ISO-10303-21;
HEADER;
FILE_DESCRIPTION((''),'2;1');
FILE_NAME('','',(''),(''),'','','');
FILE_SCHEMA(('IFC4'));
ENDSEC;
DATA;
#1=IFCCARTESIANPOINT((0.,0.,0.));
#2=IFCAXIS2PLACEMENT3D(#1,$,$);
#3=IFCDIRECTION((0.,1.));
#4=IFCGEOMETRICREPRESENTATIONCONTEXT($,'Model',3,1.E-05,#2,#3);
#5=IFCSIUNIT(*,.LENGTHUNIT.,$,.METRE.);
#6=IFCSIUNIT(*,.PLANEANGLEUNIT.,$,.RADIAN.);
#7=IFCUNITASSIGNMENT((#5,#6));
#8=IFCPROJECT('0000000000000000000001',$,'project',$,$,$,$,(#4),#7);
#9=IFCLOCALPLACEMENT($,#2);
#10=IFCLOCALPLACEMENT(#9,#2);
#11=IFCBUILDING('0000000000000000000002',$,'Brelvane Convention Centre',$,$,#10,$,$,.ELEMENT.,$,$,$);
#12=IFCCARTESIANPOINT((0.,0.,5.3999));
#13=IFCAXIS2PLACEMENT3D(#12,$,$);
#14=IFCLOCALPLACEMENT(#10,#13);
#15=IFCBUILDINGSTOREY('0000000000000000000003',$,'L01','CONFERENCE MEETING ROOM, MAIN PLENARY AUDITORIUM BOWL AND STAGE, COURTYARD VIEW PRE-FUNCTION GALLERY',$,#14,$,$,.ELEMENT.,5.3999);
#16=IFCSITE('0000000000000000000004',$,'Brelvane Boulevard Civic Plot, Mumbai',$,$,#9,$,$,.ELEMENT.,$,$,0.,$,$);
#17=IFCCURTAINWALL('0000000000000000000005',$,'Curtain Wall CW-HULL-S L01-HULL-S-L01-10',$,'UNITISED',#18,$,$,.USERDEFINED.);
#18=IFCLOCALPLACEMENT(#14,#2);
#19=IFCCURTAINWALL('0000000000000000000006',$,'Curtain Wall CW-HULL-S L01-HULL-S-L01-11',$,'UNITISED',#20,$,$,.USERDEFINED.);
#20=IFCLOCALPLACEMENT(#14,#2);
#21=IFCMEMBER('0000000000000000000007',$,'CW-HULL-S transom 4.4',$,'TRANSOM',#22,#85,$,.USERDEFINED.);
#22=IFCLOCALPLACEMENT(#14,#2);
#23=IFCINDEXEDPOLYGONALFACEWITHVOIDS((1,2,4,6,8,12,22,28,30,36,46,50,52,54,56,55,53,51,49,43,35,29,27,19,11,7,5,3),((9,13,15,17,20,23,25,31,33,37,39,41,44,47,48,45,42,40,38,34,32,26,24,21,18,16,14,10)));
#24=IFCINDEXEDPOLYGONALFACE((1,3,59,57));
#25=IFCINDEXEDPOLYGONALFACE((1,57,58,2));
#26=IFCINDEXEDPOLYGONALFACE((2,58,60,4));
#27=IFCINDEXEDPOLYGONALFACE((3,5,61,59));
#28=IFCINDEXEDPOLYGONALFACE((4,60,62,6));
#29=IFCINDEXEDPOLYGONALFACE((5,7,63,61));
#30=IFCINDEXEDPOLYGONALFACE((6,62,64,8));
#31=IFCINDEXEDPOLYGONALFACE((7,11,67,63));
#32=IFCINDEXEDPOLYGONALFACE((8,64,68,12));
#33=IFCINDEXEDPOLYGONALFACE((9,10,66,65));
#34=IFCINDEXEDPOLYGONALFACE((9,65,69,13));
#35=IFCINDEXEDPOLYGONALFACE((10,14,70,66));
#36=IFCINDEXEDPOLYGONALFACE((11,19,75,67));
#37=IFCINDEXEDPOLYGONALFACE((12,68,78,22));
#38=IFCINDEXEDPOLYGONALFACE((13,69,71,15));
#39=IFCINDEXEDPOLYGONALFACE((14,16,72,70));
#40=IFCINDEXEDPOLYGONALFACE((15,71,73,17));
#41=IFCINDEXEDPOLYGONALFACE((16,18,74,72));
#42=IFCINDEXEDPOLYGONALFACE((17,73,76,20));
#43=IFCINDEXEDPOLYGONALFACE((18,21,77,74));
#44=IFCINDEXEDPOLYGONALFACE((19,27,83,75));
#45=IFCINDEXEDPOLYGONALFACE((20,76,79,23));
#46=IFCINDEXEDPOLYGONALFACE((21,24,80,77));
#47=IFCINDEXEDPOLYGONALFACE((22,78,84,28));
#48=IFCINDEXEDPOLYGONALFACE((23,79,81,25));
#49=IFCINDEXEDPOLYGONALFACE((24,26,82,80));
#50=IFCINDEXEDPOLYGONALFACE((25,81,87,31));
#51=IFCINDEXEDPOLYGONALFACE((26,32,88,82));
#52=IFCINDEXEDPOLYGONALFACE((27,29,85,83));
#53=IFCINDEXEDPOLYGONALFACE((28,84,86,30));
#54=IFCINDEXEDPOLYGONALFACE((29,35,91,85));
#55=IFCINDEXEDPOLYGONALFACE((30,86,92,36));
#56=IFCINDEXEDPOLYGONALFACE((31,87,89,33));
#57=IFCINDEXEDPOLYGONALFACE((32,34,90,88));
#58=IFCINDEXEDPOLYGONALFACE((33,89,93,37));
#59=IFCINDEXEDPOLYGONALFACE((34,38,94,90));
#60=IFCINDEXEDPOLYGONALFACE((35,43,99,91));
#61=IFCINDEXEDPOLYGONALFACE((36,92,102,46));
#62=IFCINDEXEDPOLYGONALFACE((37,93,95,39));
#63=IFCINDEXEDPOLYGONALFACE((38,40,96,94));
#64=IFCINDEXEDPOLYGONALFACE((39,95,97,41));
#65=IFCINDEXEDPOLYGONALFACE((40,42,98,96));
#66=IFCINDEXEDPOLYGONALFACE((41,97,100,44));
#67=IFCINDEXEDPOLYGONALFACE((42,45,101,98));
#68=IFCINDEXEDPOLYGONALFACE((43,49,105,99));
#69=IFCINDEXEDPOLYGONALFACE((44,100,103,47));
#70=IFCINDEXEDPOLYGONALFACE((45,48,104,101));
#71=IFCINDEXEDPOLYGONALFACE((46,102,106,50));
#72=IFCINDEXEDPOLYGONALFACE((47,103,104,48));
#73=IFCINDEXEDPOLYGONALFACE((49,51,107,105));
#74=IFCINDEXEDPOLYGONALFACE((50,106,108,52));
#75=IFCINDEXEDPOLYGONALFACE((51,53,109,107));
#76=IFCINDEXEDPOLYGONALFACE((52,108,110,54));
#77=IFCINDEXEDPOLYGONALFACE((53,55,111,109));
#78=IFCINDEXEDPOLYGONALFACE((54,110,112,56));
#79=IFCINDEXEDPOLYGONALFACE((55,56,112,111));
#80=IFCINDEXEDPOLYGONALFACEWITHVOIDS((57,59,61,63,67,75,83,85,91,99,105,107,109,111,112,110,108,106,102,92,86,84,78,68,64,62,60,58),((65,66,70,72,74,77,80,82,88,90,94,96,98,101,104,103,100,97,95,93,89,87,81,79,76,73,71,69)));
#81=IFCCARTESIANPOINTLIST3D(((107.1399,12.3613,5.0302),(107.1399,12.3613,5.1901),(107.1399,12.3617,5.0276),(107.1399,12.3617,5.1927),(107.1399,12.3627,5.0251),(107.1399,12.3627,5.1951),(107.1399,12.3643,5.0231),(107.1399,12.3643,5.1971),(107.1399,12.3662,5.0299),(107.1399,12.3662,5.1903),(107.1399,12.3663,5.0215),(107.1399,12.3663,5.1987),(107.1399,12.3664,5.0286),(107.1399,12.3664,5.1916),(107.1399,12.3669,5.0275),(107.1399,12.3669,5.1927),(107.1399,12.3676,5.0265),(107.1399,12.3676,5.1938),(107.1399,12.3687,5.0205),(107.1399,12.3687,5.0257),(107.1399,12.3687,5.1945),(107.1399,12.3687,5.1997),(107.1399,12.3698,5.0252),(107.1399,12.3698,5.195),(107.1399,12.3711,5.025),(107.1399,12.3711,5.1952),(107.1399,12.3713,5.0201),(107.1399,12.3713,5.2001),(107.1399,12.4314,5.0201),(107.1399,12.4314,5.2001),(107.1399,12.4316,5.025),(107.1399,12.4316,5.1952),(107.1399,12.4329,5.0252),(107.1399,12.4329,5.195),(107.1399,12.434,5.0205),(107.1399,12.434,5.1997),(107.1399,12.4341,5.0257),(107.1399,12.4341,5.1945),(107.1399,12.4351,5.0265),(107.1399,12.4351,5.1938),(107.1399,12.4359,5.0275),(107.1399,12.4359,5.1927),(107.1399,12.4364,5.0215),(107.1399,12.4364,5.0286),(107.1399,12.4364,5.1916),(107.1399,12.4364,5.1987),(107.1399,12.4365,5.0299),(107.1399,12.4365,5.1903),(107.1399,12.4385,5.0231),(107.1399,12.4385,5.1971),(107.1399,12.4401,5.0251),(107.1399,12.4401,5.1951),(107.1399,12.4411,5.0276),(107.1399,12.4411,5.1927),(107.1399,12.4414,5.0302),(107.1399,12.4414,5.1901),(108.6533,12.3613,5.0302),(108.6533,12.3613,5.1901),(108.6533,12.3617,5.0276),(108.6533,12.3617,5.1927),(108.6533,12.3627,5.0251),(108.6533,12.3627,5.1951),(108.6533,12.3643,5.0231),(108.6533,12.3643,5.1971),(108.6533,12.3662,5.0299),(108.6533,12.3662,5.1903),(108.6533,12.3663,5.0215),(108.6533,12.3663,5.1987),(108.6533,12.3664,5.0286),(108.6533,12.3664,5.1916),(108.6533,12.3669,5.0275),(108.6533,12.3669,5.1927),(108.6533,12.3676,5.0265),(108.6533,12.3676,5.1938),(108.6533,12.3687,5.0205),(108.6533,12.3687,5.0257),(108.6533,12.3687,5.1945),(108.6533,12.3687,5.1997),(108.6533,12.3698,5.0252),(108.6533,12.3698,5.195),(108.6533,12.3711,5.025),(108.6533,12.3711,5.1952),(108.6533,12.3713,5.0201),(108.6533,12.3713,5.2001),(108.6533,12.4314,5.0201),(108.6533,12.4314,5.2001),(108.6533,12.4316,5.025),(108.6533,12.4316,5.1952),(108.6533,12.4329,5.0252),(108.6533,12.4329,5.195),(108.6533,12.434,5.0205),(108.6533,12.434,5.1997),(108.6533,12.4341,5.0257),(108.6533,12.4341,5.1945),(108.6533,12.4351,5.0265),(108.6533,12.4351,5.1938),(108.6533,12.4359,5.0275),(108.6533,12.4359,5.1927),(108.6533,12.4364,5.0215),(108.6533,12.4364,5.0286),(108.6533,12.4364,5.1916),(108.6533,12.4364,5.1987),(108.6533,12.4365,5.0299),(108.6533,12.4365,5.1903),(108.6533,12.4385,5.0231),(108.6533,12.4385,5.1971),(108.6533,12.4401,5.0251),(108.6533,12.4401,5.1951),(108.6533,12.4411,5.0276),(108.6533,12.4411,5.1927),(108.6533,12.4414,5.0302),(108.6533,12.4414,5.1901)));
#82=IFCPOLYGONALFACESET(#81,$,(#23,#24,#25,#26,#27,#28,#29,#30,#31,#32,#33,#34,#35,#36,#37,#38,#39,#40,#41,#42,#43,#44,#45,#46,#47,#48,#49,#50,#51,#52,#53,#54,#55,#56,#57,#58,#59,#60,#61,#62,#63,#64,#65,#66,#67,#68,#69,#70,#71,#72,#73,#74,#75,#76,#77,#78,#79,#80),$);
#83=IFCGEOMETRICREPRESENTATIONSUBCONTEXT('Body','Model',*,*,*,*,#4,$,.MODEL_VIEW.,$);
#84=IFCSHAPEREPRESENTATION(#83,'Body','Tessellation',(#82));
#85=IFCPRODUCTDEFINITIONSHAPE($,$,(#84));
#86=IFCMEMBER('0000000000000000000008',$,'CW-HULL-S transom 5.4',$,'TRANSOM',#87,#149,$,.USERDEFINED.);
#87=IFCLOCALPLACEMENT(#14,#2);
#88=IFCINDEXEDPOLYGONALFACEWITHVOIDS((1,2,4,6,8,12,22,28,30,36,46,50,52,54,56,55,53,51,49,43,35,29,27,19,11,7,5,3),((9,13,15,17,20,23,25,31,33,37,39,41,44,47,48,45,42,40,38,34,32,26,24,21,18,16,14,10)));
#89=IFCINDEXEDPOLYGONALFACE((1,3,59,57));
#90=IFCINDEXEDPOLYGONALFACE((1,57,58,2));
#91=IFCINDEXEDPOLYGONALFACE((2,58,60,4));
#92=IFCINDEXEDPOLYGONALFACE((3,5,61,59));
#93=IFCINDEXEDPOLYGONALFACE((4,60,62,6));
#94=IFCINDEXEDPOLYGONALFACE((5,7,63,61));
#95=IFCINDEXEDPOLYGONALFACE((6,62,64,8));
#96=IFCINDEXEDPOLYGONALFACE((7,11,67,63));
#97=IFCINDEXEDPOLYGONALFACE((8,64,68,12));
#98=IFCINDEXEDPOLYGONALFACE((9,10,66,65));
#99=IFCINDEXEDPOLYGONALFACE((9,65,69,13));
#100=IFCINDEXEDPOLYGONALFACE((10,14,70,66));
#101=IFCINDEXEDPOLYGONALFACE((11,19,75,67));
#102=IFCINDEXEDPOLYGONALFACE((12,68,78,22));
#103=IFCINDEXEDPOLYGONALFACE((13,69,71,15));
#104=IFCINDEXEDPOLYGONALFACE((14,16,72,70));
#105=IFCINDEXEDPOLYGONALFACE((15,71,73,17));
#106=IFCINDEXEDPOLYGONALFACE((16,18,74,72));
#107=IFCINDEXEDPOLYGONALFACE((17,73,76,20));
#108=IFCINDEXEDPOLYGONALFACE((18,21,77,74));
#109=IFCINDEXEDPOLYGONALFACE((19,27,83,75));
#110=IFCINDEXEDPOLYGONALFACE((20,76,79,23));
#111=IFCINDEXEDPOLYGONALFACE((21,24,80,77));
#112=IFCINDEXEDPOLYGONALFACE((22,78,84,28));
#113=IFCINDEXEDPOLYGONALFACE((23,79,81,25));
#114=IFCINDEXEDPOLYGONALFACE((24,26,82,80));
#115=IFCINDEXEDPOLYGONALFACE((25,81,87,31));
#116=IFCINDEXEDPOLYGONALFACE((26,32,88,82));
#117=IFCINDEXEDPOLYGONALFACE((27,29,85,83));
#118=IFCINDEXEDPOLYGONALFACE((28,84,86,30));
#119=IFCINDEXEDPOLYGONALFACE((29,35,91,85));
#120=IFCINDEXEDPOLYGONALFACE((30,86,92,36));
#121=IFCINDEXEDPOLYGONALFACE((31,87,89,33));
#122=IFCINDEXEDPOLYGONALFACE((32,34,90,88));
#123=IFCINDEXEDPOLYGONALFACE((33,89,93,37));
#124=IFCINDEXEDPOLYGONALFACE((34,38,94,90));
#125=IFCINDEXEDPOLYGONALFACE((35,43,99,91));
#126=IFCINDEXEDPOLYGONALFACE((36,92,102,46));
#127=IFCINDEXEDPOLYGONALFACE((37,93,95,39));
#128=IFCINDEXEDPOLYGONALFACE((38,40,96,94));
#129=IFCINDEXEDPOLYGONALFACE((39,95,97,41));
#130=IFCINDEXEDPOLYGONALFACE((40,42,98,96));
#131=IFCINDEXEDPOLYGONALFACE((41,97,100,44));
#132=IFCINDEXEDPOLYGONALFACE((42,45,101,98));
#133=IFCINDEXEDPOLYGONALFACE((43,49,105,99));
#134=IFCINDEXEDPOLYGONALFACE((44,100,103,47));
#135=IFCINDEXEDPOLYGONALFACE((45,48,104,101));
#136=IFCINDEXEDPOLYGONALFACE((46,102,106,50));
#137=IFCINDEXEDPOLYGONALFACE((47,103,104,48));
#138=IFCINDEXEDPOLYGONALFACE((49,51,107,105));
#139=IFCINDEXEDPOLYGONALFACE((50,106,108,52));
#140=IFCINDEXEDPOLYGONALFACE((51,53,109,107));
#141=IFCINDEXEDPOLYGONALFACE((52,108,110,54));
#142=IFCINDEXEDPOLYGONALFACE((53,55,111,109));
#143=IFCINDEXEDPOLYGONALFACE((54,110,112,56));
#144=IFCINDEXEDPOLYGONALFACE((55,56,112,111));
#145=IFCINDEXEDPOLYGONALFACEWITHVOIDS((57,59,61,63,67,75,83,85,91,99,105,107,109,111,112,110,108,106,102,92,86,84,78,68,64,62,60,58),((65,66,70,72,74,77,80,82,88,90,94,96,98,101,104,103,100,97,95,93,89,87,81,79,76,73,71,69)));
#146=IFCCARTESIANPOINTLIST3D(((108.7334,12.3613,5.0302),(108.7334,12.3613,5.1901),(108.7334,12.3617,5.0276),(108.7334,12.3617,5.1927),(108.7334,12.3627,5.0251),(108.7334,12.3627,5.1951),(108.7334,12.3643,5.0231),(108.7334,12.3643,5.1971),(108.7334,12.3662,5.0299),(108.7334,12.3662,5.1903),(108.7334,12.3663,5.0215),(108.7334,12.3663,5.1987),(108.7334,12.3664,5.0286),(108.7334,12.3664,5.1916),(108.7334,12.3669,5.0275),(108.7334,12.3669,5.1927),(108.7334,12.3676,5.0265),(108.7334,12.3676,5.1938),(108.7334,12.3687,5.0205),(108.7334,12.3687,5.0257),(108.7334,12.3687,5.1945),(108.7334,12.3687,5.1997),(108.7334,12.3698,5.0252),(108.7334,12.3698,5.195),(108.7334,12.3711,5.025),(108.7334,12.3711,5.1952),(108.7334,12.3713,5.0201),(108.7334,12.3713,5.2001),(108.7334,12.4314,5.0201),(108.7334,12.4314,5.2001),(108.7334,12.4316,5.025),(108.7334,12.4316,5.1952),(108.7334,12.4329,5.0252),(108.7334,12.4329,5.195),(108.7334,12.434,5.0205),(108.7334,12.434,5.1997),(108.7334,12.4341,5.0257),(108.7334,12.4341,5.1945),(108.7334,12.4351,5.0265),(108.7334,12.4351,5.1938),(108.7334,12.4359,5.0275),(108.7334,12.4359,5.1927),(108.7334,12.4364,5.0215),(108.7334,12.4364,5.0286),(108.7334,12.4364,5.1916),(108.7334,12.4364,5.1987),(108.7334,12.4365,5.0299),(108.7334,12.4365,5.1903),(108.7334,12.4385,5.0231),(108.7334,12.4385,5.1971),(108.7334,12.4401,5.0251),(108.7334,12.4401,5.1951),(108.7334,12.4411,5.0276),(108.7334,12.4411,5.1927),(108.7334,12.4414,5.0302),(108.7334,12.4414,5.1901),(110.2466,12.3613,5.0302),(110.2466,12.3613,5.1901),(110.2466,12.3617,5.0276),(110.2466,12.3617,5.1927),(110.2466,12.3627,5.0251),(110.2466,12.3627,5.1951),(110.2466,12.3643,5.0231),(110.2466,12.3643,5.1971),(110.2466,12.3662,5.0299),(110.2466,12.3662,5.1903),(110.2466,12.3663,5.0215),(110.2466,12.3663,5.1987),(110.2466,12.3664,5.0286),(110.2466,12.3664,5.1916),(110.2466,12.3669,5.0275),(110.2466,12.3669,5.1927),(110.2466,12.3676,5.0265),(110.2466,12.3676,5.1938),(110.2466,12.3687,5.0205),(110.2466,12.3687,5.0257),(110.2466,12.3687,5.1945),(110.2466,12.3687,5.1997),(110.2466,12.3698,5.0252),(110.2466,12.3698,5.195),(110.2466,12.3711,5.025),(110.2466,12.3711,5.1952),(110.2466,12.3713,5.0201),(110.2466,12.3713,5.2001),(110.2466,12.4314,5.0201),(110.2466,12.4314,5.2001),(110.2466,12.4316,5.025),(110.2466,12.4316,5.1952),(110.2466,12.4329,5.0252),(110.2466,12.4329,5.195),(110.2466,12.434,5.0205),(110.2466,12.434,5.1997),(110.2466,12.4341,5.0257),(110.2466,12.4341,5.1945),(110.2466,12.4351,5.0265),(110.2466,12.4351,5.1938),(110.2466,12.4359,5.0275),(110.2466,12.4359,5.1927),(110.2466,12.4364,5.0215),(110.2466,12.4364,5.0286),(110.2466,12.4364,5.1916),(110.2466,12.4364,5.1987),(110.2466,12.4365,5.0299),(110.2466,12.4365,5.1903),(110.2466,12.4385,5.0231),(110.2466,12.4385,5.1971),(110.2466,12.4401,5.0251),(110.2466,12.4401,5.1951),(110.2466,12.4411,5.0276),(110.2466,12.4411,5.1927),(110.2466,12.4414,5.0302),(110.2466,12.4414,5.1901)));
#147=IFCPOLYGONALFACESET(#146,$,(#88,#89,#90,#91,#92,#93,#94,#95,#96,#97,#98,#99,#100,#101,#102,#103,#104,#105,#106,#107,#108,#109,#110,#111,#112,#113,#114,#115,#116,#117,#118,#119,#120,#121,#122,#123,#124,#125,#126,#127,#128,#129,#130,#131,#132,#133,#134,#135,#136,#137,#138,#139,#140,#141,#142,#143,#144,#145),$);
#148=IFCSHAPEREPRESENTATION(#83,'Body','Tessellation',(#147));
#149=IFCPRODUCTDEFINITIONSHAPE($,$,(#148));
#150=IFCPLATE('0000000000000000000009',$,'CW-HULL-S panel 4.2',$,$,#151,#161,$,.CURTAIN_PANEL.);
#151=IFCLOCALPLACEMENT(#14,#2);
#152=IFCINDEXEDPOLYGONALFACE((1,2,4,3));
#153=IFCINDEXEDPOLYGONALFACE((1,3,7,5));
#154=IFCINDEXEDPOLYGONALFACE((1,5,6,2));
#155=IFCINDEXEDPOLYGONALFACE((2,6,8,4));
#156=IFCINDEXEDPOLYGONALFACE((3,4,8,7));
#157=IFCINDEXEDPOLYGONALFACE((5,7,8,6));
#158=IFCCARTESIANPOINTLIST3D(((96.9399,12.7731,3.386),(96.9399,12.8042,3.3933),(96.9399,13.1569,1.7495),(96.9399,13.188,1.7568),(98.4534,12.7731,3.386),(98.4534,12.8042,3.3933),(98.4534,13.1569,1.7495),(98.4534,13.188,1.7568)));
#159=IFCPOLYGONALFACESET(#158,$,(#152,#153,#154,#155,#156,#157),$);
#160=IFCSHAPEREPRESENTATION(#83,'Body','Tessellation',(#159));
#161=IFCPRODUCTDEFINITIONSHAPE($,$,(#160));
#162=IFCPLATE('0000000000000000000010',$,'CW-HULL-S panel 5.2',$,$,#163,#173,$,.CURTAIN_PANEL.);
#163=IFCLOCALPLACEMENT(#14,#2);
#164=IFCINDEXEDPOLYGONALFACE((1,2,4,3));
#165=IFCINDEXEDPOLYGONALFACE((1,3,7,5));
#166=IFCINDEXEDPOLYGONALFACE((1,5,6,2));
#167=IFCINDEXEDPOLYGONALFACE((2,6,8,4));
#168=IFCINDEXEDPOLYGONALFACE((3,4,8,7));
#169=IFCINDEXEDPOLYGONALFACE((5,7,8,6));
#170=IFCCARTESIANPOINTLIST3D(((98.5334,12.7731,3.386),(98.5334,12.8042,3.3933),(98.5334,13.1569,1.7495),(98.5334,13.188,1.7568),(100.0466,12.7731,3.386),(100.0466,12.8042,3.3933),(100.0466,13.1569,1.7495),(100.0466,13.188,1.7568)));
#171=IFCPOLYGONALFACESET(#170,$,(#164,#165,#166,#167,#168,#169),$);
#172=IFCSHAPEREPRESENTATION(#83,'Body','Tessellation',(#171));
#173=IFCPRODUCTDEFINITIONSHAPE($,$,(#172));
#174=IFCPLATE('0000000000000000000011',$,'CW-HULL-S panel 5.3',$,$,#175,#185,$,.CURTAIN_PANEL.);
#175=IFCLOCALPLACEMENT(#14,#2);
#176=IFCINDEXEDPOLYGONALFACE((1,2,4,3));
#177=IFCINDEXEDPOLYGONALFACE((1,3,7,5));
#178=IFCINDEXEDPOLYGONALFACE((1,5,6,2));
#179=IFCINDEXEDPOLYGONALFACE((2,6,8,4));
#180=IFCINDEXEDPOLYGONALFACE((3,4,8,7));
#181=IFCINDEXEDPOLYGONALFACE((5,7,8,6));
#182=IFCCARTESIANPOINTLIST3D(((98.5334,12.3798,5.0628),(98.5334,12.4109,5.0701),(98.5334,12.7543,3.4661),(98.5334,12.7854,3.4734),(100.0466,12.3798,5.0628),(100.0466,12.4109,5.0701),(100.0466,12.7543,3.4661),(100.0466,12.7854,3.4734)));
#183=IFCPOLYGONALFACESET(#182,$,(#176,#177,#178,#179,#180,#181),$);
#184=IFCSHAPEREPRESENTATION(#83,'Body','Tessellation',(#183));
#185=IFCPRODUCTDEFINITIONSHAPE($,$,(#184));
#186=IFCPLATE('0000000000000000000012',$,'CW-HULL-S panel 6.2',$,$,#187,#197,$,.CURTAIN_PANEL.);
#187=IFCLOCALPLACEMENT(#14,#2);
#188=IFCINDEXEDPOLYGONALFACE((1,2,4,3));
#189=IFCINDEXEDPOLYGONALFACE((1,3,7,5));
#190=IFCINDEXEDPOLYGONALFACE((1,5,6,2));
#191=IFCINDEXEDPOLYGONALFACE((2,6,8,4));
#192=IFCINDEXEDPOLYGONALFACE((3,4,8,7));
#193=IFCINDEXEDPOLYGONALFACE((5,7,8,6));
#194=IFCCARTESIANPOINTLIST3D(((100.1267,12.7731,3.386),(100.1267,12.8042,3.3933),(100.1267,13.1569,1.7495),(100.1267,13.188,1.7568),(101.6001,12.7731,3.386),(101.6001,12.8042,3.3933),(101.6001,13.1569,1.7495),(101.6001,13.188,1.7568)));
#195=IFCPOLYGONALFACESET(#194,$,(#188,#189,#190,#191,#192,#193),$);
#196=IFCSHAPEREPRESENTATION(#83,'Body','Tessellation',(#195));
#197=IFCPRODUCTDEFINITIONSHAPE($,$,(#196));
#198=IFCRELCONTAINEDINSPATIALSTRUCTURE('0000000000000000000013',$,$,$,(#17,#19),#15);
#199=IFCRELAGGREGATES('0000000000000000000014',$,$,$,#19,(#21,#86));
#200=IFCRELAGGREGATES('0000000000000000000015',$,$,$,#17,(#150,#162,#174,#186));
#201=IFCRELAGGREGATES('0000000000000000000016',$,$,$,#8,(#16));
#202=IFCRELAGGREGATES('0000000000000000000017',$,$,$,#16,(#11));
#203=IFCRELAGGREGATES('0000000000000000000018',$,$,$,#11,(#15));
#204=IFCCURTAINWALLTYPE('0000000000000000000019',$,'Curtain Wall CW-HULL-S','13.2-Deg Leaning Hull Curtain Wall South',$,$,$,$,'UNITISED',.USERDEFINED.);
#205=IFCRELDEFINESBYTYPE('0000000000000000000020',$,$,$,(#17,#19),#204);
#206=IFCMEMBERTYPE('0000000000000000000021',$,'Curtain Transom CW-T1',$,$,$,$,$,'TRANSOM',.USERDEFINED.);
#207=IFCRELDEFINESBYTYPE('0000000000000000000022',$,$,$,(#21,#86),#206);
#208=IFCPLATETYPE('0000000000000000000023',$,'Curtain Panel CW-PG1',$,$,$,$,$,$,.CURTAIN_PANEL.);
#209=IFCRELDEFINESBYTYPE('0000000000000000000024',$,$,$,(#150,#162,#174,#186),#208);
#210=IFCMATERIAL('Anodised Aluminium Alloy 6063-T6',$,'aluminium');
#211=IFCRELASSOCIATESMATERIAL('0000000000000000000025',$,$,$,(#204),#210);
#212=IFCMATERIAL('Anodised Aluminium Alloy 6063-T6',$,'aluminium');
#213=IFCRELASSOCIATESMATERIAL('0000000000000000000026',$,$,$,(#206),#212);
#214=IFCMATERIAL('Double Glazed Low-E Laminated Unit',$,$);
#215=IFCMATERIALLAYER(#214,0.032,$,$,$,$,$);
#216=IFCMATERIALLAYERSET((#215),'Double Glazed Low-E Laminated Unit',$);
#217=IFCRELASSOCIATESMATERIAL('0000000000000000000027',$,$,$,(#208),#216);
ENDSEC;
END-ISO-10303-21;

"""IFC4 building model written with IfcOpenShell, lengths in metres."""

from ifc_helpers import new_model, si_unit, direction, frame, origin, origin_2d, place, context, subcontext, project, spatial, polyline, hollow_rectangle, outline, extrude, material, layer, layer_set, material_profile, profile_set, type_object, element, aggregate, save


model = new_model("IFC4")

# Units and contexts
model_context = context("Model", 3, precision=1e-05, world=origin(), true_north=direction((0.0, 1.0)))
body_context = subcontext(model_context, "Body", "Model", "MODEL_VIEW")
ifc_project = project(units=[si_unit("LENGTHUNIT", "METRE"), si_unit("PLANEANGLEUNIT", "RADIAN")], contexts=[model_context])

# Site, building, storey
site_placement = place(None, origin())
site = spatial("IfcSite", under=ifc_project, at=site_placement, Name="Brelvane Boulevard Civic Plot, Mumbai", CompositionType="ELEMENT", RefElevation=0.0)
building_placement = place(site_placement, origin())
building = spatial("IfcBuilding", under=site, at=building_placement, Name="Brelvane Convention Centre", CompositionType="ELEMENT")
storey_placement = place(building_placement, frame((0.0, 0.0, 5.3999)))
storey = spatial("IfcBuildingStorey", under=building, at=storey_placement, Name="L01", Description="CONFERENCE MEETING ROOM, MAIN PLENARY AUDITORIUM BOWL AND STAGE, COURTYARD VIEW PRE-FUNCTION GALLERY", CompositionType="ELEMENT", Elevation=5.3999)

# Curtain walls, members
ifc_material_1 = material(Name="Anodised Aluminium Alloy 6063-T6", Category="aluminium")
curtain_wall_type = type_object("IfcCurtainWallType", Name="Curtain Wall CW-HULL-S", Description="13.2-Deg Leaning Hull Curtain Wall South", ElementType="UNITISED", PredefinedType="USERDEFINED", material=ifc_material_1)
curtain_wall_1_placement = place(storey_placement, origin())
curtain_wall_1 = element("IfcCurtainWall", 1, at=curtain_wall_1_placement, inside=storey, type_object=curtain_wall_type, Name="Curtain Wall CW-HULL-S L01-HULL-S-L01-10", ObjectType="UNITISED", PredefinedType="USERDEFINED")
ifc_material_2 = material(Name="Anodised Aluminium Alloy 6063-T6", Category="aluminium")
ifc_material_profile = material_profile(ifc_material_2, hollow_rectangle(XDim=0.0801, YDim=0.1799, WallThickness=0.0049, InnerFilletRadius=0.0049, OuterFilletRadius=0.01, at=origin_2d()), Name="ALU-T 180x80x5.0")
ifc_profile_set = profile_set([ifc_material_profile], Name="Anodised Aluminium Alloy 6063-T6")
member_type = type_object("IfcMemberType", Name="Curtain Transom CW-T1", ElementType="TRANSOM", PredefinedType="USERDEFINED", material=ifc_profile_set)
curtain_wall_2_placement = place(storey_placement, origin())
curtain_wall_2 = element("IfcCurtainWall", 2, at=curtain_wall_2_placement, inside=storey, type_object=curtain_wall_type, Name="Curtain Wall CW-HULL-S L01-HULL-S-L01-11", ObjectType="UNITISED", PredefinedType="USERDEFINED")
member_1_placement = place(storey_placement, frame((107.1399, 12.4014, 5.1101), z_axis=(1.0, 0.0, 0.0), x_axis=(0.0, 1.0, 0.0)))
member_1 = element("IfcMember", 3, at=member_1_placement, type_object=member_type, Name="CW-HULL-S transom 4.4", ObjectType="TRANSOM", PredefinedType="USERDEFINED", context=body_context, shape_type="SweptSolid", body=[
    extrude(hollow_rectangle(XDim=0.0801, YDim=0.1799, WallThickness=0.0049, InnerFilletRadius=0.0049, OuterFilletRadius=0.01, at=origin_2d()), origin(), (0.0, 0.0, 1.0), 1.5134),
])
member_2_placement = place(storey_placement, frame((108.7334, 12.4014, 5.1101), z_axis=(1.0, 0.0, 0.0), x_axis=(0.0, 1.0, 0.0)))
member_2 = element("IfcMember", 4, at=member_2_placement, type_object=member_type, Name="CW-HULL-S transom 5.4", ObjectType="TRANSOM", PredefinedType="USERDEFINED", context=body_context, shape_type="SweptSolid", body=[
    extrude(hollow_rectangle(XDim=0.0801, YDim=0.1799, WallThickness=0.0049, InnerFilletRadius=0.0049, OuterFilletRadius=0.01, at=origin_2d()), origin(), (0.0, 0.0, 1.0), 1.5132),
])

# Plates
ifc_material_3 = material(Name="Double Glazed Low-E Laminated Unit")
ifc_layer_1 = layer(ifc_material_3, 0.032)
ifc_layer_set_1 = layer_set([ifc_layer_1], Name="Double Glazed Low-E Laminated Unit")
plate_type_1 = type_object("IfcPlateType", Name="Curtain Panel CW-PG1", PredefinedType="CURTAIN_PANEL", material=ifc_layer_set_1)
plate_1_placement = place(storey_placement, frame((96.9399, 13.188, 1.7568), z_axis=(0.0, 0.973585, 0.228327), x_axis=(1.0, 0.0, 0.0)))
plate_1 = element("IfcPlate", 5, at=plate_1_placement, type_object=plate_type_1, Name="CW-HULL-S panel 4.2", PredefinedType="CURTAIN_PANEL", context=body_context, shape_type="SweptSolid", body=[
    extrude(outline(polyline([(0.0, 0.0), (1.5134, 0.0), (1.5134, -1.6809), (0.0, -1.6809), (0.0, 0.0)])), origin(), (0.0, 0.0, -1.0), 0.032),
])
plate_2_placement = place(storey_placement, frame((98.5334, 13.188, 1.7568), z_axis=(0.0, 0.973585, 0.228327), x_axis=(1.0, 0.0, 0.0)))
plate_2 = element("IfcPlate", 6, at=plate_2_placement, type_object=plate_type_1, Name="CW-HULL-S panel 5.2", PredefinedType="CURTAIN_PANEL", context=body_context, shape_type="SweptSolid", body=[
    extrude(outline(polyline([(0.0, 0.0), (1.5132, 0.0), (1.5132, -1.6809), (0.0, -1.6809), (0.0, 0.0)])), origin(), (0.0, 0.0, -1.0), 0.032),
])
plate_3_placement = place(storey_placement, frame((98.5334, 12.7854, 3.4734), z_axis=(0.0, 0.973577, 0.228359), x_axis=(1.0, 0.0, 0.0)))
plate_3 = element("IfcPlate", 7, at=plate_3_placement, type_object=plate_type_1, Name="CW-HULL-S panel 5.3", PredefinedType="CURTAIN_PANEL", context=body_context, shape_type="SweptSolid", body=[
    extrude(outline(polyline([(0.0, 0.0), (1.5132, 0.0), (1.5132, -1.64), (0.0, -1.64), (0.0, 0.0)])), origin(), (0.0, 0.0, -1.0), 0.032),
])
plate_4_placement = place(storey_placement, frame((100.1267, 13.188, 1.7568), z_axis=(0.0, 0.973585, 0.228327), x_axis=(1.0, 0.0, 0.0)))
plate_4 = element("IfcPlate", 8, at=plate_4_placement, type_object=plate_type_1, Name="CW-HULL-S panel 6.2", PredefinedType="CURTAIN_PANEL", context=body_context, shape_type="SweptSolid", body=[
    extrude(outline(polyline([(0.0, 0.0), (1.4734, 0.0), (1.4734, -1.6809), (0.0, -1.6809), (0.0, 0.0)])), origin(), (0.0, 0.0, -1.0), 0.032),
])
aggregate(curtain_wall_2, [member_1, member_2])
aggregate(curtain_wall_1, [plate_1, plate_2, plate_3, plate_4])

save(model, "model.ifc")
